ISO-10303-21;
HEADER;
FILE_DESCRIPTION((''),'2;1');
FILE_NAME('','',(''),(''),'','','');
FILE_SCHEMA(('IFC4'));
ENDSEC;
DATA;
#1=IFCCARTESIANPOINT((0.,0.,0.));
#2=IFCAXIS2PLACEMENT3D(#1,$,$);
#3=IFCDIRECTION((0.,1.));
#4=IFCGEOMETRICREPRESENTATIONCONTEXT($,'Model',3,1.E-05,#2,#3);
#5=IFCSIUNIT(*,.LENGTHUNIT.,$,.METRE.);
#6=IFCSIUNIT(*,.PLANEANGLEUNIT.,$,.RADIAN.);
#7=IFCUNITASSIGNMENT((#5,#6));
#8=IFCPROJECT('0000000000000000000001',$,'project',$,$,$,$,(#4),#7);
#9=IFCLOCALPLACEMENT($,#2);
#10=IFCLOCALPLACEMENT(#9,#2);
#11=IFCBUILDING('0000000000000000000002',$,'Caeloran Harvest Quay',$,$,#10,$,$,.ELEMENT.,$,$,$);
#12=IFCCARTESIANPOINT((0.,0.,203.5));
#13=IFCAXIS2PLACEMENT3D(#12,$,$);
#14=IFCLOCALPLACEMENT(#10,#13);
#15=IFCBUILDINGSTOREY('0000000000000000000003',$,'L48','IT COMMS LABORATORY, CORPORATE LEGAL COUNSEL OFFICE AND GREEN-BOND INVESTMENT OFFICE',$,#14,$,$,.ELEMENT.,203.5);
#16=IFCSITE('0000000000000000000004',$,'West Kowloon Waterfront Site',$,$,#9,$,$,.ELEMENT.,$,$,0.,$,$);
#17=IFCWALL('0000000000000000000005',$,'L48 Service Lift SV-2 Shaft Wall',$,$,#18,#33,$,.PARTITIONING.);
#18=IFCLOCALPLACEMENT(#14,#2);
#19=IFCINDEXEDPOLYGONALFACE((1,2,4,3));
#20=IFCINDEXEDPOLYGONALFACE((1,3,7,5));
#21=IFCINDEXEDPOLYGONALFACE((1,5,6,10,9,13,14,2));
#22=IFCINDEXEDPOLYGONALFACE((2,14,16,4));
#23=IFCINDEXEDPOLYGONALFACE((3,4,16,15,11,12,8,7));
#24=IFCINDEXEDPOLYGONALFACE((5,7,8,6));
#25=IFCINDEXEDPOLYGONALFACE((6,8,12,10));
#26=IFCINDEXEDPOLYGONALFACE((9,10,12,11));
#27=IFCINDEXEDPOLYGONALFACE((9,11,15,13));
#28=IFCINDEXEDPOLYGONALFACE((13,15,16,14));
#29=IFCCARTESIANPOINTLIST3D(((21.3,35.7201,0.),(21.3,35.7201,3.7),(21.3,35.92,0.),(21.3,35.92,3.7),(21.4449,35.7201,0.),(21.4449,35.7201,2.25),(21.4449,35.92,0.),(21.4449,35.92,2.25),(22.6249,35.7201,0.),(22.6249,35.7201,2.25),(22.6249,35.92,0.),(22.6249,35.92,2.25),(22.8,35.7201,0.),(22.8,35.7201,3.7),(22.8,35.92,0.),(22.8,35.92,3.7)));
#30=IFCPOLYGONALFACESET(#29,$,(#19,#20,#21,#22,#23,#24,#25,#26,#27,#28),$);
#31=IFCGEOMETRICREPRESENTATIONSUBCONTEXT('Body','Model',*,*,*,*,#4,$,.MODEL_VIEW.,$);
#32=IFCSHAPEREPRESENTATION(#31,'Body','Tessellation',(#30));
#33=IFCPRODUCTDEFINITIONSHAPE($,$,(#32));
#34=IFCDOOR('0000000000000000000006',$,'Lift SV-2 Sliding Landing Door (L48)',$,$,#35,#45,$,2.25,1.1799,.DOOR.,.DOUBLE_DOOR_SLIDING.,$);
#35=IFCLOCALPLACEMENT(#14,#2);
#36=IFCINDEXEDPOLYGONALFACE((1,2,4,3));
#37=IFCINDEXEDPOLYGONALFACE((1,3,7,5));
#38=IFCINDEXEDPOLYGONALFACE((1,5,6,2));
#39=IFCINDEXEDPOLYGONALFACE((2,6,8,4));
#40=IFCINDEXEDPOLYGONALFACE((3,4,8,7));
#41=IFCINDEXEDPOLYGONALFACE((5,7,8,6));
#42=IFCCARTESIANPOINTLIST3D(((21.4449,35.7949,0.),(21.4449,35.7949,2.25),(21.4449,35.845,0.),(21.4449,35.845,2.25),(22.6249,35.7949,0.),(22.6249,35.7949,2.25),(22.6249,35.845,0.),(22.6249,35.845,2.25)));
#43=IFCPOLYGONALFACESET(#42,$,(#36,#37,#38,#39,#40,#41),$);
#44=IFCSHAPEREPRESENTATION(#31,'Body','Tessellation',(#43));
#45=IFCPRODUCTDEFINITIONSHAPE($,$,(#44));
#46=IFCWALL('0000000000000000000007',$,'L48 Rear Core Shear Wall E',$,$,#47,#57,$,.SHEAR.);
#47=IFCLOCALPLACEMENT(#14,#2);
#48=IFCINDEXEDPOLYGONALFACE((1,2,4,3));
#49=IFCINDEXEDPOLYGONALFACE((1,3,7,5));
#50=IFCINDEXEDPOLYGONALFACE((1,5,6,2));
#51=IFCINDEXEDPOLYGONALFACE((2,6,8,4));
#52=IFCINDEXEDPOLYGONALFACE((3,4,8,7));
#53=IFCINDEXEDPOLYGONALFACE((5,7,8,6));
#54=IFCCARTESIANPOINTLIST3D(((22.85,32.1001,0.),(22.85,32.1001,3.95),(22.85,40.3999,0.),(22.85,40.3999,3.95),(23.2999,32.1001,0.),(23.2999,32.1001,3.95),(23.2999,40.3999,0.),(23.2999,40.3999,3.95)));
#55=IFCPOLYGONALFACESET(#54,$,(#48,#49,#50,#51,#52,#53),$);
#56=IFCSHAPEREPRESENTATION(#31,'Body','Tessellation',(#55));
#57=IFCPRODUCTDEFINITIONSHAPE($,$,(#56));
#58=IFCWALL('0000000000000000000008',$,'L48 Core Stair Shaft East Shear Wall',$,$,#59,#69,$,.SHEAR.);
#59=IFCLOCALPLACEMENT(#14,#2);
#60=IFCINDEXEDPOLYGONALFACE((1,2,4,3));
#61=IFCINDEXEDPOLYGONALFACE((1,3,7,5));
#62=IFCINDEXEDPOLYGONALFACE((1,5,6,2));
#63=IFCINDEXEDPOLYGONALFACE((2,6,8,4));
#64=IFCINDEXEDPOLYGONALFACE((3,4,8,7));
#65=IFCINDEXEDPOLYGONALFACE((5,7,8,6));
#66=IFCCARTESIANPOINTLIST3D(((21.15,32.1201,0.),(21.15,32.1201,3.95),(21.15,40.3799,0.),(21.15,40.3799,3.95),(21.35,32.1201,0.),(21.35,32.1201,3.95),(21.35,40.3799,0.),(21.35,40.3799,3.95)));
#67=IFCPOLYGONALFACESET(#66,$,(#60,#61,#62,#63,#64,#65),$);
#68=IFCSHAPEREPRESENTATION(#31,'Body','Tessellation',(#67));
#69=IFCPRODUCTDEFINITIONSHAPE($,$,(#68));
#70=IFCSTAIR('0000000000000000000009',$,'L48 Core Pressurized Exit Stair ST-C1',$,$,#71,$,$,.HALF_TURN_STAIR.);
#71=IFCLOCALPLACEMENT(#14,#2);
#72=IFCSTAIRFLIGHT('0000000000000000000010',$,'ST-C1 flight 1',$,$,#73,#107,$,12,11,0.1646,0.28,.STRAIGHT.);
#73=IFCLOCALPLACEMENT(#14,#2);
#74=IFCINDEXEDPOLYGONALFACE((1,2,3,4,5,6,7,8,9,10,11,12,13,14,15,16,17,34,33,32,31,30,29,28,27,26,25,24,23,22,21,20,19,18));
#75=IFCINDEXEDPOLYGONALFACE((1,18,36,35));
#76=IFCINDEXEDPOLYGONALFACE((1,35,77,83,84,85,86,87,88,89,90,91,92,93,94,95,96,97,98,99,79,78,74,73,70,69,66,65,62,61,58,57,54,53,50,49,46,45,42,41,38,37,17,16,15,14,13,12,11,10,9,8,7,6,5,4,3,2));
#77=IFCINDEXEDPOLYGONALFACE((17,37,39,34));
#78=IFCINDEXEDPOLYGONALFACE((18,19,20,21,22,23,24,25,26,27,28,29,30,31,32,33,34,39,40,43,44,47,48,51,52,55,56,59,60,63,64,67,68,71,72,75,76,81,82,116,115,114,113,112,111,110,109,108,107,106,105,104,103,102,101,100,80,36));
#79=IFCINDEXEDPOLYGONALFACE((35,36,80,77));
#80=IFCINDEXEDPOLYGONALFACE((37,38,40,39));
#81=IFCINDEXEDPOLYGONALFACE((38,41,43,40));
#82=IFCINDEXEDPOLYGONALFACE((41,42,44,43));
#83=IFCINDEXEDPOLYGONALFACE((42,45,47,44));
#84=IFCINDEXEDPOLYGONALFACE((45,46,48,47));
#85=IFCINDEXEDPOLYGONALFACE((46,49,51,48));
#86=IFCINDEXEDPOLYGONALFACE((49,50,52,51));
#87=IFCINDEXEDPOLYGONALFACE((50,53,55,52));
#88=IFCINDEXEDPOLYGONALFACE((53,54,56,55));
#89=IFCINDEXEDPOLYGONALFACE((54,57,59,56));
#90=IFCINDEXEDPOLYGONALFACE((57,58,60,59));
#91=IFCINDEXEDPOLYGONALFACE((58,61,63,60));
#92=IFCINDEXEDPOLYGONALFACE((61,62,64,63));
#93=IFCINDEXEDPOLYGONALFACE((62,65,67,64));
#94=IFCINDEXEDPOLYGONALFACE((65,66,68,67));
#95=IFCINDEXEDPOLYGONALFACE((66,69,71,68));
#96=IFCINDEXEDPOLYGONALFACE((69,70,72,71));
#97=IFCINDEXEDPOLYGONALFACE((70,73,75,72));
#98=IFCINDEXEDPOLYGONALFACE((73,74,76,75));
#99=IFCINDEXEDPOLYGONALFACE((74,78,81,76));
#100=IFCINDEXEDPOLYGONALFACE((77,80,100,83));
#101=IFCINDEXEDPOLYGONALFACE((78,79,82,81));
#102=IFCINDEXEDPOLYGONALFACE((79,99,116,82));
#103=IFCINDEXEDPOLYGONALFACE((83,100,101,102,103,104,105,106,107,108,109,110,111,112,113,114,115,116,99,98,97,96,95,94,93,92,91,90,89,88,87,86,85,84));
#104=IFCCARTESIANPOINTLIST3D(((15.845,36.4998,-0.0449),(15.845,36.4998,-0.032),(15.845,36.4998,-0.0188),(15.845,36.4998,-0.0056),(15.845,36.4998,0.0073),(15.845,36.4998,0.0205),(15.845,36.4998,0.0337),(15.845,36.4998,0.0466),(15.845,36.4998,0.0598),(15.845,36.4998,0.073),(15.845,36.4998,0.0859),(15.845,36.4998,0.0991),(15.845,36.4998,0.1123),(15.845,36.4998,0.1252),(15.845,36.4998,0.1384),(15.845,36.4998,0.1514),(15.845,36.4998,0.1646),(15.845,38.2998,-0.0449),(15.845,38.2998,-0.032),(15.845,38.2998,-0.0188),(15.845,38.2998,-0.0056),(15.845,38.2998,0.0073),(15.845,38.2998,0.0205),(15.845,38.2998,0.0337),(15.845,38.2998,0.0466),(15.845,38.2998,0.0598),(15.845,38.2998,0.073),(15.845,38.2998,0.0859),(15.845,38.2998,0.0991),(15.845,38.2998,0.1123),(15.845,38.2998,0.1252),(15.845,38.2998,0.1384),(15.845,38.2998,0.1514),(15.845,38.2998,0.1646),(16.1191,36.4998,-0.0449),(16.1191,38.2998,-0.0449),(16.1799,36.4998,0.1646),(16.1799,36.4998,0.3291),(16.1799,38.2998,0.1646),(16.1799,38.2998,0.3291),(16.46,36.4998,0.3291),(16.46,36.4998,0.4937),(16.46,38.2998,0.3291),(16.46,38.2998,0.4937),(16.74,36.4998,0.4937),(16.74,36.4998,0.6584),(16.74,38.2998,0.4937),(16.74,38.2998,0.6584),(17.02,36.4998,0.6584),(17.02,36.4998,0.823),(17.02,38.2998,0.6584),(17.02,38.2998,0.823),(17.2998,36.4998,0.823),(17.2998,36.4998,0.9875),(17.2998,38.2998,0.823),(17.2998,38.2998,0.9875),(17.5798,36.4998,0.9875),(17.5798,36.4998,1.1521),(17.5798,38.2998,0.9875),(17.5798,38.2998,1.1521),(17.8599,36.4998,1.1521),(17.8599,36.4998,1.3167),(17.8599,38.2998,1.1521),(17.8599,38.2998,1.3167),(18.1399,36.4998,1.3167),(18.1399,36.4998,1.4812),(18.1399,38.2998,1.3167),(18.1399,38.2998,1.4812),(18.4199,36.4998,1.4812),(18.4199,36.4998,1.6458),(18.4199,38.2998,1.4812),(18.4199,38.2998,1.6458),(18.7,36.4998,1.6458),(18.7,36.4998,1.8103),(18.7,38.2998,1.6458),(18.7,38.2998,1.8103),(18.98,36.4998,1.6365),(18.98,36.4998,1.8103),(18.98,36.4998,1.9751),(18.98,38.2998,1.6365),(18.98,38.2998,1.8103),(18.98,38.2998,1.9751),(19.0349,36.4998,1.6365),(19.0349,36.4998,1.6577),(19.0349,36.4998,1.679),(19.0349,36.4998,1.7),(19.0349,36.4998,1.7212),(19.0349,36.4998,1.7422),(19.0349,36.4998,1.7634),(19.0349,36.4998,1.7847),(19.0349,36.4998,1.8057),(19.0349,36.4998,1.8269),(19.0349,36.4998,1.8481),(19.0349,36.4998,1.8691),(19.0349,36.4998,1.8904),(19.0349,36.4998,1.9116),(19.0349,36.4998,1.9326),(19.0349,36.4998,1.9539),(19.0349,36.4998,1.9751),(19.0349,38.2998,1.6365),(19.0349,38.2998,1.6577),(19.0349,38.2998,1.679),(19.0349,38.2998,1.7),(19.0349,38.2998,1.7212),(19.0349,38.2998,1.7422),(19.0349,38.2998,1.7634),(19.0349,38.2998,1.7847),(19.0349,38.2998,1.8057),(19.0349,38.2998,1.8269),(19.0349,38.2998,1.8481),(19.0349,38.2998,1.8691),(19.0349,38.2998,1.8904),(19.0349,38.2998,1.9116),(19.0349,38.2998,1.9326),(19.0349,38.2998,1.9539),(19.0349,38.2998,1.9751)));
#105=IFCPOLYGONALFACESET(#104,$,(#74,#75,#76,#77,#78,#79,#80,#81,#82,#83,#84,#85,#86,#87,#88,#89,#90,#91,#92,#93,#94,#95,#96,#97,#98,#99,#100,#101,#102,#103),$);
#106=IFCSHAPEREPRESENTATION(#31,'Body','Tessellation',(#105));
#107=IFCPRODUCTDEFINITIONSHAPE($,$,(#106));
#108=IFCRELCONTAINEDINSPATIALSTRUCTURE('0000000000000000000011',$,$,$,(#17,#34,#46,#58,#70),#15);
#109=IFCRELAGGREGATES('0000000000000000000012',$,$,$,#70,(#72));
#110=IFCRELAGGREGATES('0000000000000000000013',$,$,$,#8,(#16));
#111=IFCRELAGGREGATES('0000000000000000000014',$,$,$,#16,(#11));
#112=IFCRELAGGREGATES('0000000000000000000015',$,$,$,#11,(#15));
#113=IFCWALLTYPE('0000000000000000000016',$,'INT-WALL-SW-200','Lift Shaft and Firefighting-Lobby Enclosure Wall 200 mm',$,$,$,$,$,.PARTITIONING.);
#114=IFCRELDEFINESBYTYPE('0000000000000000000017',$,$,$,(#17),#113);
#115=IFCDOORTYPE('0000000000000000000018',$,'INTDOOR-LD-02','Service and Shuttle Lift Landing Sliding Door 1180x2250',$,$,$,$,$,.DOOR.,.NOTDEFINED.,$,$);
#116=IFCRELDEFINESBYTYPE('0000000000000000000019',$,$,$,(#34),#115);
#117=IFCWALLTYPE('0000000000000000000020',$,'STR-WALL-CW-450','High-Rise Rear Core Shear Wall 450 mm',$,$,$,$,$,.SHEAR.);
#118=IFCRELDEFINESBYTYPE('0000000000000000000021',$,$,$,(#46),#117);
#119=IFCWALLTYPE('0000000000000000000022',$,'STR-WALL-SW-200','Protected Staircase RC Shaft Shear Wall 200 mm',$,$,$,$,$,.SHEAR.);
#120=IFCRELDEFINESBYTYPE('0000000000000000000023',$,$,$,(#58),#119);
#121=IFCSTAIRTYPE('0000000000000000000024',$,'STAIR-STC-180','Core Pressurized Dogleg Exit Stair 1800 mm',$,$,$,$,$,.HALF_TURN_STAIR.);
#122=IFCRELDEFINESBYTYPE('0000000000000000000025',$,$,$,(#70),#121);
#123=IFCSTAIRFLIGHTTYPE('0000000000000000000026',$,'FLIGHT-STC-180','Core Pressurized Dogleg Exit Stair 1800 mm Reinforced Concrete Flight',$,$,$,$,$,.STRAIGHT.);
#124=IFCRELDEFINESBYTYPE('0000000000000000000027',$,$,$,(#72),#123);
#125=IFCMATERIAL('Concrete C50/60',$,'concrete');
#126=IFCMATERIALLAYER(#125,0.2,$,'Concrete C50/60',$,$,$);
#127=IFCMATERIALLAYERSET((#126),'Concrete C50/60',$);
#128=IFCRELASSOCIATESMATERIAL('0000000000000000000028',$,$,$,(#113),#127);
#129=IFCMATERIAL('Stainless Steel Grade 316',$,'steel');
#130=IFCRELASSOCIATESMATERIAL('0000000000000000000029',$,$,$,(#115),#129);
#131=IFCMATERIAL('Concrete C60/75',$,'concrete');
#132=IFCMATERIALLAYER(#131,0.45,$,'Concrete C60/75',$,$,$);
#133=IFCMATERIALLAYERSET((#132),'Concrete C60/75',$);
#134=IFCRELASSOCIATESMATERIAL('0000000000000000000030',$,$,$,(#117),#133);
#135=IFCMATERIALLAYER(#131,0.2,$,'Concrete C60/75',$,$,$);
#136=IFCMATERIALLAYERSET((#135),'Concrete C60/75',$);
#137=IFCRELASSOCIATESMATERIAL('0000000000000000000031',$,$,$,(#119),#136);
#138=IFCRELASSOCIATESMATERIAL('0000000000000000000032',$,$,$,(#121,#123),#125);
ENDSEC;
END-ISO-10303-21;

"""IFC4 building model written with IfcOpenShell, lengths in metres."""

from ifc_helpers import new_model, si_unit, direction, frame, frame_2d, origin, place, context, subcontext, project, spatial, polyline, rectangle, outline, extrude, material, layer, layer_set, type_object, element, fill, aggregate, save


model = new_model("IFC4")

# Units and contexts
model_context = context("Model", 3, precision=1e-05, world=origin(), true_north=direction((0.0, 1.0)))
body_context = subcontext(model_context, "Body", "Model", "MODEL_VIEW")
ifc_project = project(units=[si_unit("LENGTHUNIT", "METRE"), si_unit("PLANEANGLEUNIT", "RADIAN")], contexts=[model_context])

# Site, building, storey
site_placement = place(None, origin())
site = spatial("IfcSite", under=ifc_project, at=site_placement, Name="West Kowloon Waterfront Site", CompositionType="ELEMENT", RefElevation=0.0)
building_placement = place(site_placement, origin())
building = spatial("IfcBuilding", under=site, at=building_placement, Name="Caeloran Harvest Quay", CompositionType="ELEMENT")
storey_placement = place(building_placement, frame((0.0, 0.0, 203.5)))
storey = spatial("IfcBuildingStorey", under=building, at=storey_placement, Name="L48", Description="IT COMMS LABORATORY, CORPORATE LEGAL COUNSEL OFFICE AND GREEN-BOND INVESTMENT OFFICE", CompositionType="ELEMENT", Elevation=203.5)

# Wall, opening, door
ifc_material_1 = material(Name="Concrete C50/60", Category="concrete")
ifc_layer_1 = layer(ifc_material_1, 0.2, Name="Concrete C50/60")
ifc_layer_set_1 = layer_set([ifc_layer_1], Name="Concrete C50/60")
wall_type_1 = type_object("IfcWallType", Name="INT-WALL-SW-200", Description="Lift Shaft and Firefighting-Lobby Enclosure Wall 200 mm", PredefinedType="PARTITIONING", material=ifc_layer_set_1)
wall_1_placement = place(storey_placement, frame((21.3, 35.8201, 0.0), z_axis=(0.0, 0.0, 1.0), x_axis=(1.0, 0.0, 0.0)))
wall_1 = element("IfcWall", 1, at=wall_1_placement, inside=storey, type_object=wall_type_1, Name="L48 Service Lift SV-2 Shaft Wall", PredefinedType="PARTITIONING", context=body_context, shape_type="SweptSolid", body=[
    extrude(rectangle(XDim=1.5, YDim=0.2, at=frame_2d((0.75, 0.0))), origin(), (0.0, 0.0, 1.0), 3.7),
])
opening_placement = place(wall_1_placement, frame((0.145, 0.0, 0.0)))
opening = element("IfcOpeningElement", 2, at=opening_placement, cuts=wall_1, PredefinedType="OPENING", context=body_context, shape_type="SweptSolid", body=[
    extrude(rectangle(XDim=1.1799, YDim=2.25, at=frame_2d((0.5898, 1.125))), frame((0.0, 0.1099, 0.0), z_axis=(0.0, -1.0, 0.0), x_axis=(1.0, 0.0, 0.0)), (0.0, 0.0, 1.0), 0.22),
])
ifc_material_2 = material(Name="Stainless Steel Grade 316", Category="steel")
door_type = type_object("IfcDoorType", Name="INTDOOR-LD-02", Description="Service and Shuttle Lift Landing Sliding Door 1180x2250", OperationType="NOTDEFINED", PredefinedType="DOOR", material=ifc_material_2)
door_placement = place(opening_placement, origin())
door = element("IfcDoor", 3, at=door_placement, inside=storey, type_object=door_type, Name="Lift SV-2 Sliding Landing Door (L48)", OperationType="DOUBLE_DOOR_SLIDING", OverallHeight=2.25, OverallWidth=1.1799, PredefinedType="DOOR", context=body_context, shape_type="SweptSolid", body=[
    extrude(rectangle(XDim=1.1799, YDim=2.25, at=frame_2d((0.5898, 1.125))), frame((0.0, 0.0249, 0.0), z_axis=(0.0, -1.0, 0.0), x_axis=(1.0, 0.0, 0.0)), (0.0, 0.0, 1.0), 0.05),
])
fill(opening, door)

# Walls
ifc_material_3 = material(Name="Concrete C60/75", Category="concrete")
ifc_layer_2 = layer(ifc_material_3, 0.45, Name="Concrete C60/75")
ifc_layer_set_2 = layer_set([ifc_layer_2], Name="Concrete C60/75")
wall_type_2 = type_object("IfcWallType", Name="STR-WALL-CW-450", Description="High-Rise Rear Core Shear Wall 450 mm", PredefinedType="SHEAR", material=ifc_layer_set_2)
wall_2_placement = place(storey_placement, frame((23.075, 32.1001, 0.0), z_axis=(0.0, 0.0, 1.0), x_axis=(0.0, 1.0, 0.0)))
element("IfcWall", 4, at=wall_2_placement, inside=storey, type_object=wall_type_2, Name="L48 Rear Core Shear Wall E", PredefinedType="SHEAR", context=body_context, shape_type="SweptSolid", body=[
    extrude(rectangle(XDim=8.2998, YDim=0.45, at=frame_2d((4.1499, 0.0))), origin(), (0.0, 0.0, 1.0), 3.95),
])
ifc_layer_3 = layer(ifc_material_3, 0.2, Name="Concrete C60/75")
ifc_layer_set_3 = layer_set([ifc_layer_3], Name="Concrete C60/75")
wall_type_3 = type_object("IfcWallType", Name="STR-WALL-SW-200", Description="Protected Staircase RC Shaft Shear Wall 200 mm", PredefinedType="SHEAR", material=ifc_layer_set_3)
wall_3_placement = place(storey_placement, frame((21.25, 32.1201, 0.0), z_axis=(0.0, 0.0, 1.0), x_axis=(0.0, 1.0, 0.0)))
element("IfcWall", 5, at=wall_3_placement, inside=storey, type_object=wall_type_3, Name="L48 Core Stair Shaft East Shear Wall", PredefinedType="SHEAR", context=body_context, shape_type="SweptSolid", body=[
    extrude(rectangle(XDim=8.2598, YDim=0.2, at=frame_2d((4.1299, 0.0))), origin(), (0.0, 0.0, 1.0), 3.95),
])

# Stair, stair flight
stair_type = type_object("IfcStairType", Name="STAIR-STC-180", Description="Core Pressurized Dogleg Exit Stair 1800 mm", PredefinedType="HALF_TURN_STAIR", material=ifc_material_1)
stair_1_placement = place(storey_placement, origin())
stair_1 = element("IfcStair", 6, at=stair_1_placement, inside=storey, type_object=stair_type, Name="L48 Core Pressurized Exit Stair ST-C1", PredefinedType="HALF_TURN_STAIR")
stair_flight_type = type_object("IfcStairFlightType", Name="FLIGHT-STC-180", Description="Core Pressurized Dogleg Exit Stair 1800 mm Reinforced Concrete Flight", PredefinedType="STRAIGHT", material=ifc_material_1)
stair_flight_1_placement = place(storey_placement, frame((15.8999, 37.3999, 0.0), z_axis=(0.0, 0.0, 1.0), x_axis=(1.0, 0.0, 0.0)))
stair_flight_1 = element("IfcStairFlight", 7, at=stair_flight_1_placement, type_object=stair_flight_type, Name="ST-C1 flight 1", NumberOfRisers=12, NumberOfTreads=11, PredefinedType="STRAIGHT", RiserHeight=0.1646, TreadLength=0.28, context=body_context, shape_type="SweptSolid", body=[
    extrude(outline(polyline([(-0.0549, -0.0449), (-0.0549, -0.032), (-0.0549, -0.0188), (-0.0549, -0.0056), (-0.0549, 0.0073), (-0.0549, 0.0205), (-0.0549, 0.0337), (-0.0549, 0.0466), (-0.0549, 0.0598), (-0.0549, 0.073), (-0.0549, 0.0859), (-0.0549, 0.0991), (-0.0549, 0.1123), (-0.0549, 0.1252), (-0.0549, 0.1384), (-0.0549, 0.1514), (-0.0549, 0.1646), (0.28, 0.1646), (0.28, 0.3291), (0.5601, 0.3291), (0.5601, 0.4937), (0.8401, 0.4937), (0.8401, 0.6584), (1.1201, 0.6584), (1.1201, 0.823), (1.3999, 0.823), (1.3999, 0.9875), (1.6799, 0.9875), (1.6799, 1.1521), (1.96, 1.1521), (1.96, 1.3167), (2.24, 1.3167), (2.24, 1.4812), (2.52, 1.4812), (2.52, 1.6458), (2.8, 1.6458), (2.8, 1.8103), (3.0801, 1.8103), (3.0801, 1.9751), (3.135, 1.9751), (3.135, 1.9539), (3.135, 1.9326), (3.135, 1.9116), (3.135, 1.8904), (3.135, 1.8691), (3.135, 1.8481), (3.135, 1.8269), (3.135, 1.8057), (3.135, 1.7847), (3.135, 1.7634), (3.135, 1.7422), (3.135, 1.7212), (3.135, 1.7), (3.135, 1.679), (3.135, 1.6577), (3.135, 1.6365), (3.0801, 1.6365), (0.2192, -0.0449), (-0.0549, -0.0449)])), frame((0.0, 0.8999, 0.0), z_axis=(0.0, -1.0, 0.0), x_axis=(1.0, 0.0, 0.0)), (0.0, 0.0, 1.0), 1.8),
])
aggregate(stair_1, [stair_flight_1])

save(model, "model.ifc")
